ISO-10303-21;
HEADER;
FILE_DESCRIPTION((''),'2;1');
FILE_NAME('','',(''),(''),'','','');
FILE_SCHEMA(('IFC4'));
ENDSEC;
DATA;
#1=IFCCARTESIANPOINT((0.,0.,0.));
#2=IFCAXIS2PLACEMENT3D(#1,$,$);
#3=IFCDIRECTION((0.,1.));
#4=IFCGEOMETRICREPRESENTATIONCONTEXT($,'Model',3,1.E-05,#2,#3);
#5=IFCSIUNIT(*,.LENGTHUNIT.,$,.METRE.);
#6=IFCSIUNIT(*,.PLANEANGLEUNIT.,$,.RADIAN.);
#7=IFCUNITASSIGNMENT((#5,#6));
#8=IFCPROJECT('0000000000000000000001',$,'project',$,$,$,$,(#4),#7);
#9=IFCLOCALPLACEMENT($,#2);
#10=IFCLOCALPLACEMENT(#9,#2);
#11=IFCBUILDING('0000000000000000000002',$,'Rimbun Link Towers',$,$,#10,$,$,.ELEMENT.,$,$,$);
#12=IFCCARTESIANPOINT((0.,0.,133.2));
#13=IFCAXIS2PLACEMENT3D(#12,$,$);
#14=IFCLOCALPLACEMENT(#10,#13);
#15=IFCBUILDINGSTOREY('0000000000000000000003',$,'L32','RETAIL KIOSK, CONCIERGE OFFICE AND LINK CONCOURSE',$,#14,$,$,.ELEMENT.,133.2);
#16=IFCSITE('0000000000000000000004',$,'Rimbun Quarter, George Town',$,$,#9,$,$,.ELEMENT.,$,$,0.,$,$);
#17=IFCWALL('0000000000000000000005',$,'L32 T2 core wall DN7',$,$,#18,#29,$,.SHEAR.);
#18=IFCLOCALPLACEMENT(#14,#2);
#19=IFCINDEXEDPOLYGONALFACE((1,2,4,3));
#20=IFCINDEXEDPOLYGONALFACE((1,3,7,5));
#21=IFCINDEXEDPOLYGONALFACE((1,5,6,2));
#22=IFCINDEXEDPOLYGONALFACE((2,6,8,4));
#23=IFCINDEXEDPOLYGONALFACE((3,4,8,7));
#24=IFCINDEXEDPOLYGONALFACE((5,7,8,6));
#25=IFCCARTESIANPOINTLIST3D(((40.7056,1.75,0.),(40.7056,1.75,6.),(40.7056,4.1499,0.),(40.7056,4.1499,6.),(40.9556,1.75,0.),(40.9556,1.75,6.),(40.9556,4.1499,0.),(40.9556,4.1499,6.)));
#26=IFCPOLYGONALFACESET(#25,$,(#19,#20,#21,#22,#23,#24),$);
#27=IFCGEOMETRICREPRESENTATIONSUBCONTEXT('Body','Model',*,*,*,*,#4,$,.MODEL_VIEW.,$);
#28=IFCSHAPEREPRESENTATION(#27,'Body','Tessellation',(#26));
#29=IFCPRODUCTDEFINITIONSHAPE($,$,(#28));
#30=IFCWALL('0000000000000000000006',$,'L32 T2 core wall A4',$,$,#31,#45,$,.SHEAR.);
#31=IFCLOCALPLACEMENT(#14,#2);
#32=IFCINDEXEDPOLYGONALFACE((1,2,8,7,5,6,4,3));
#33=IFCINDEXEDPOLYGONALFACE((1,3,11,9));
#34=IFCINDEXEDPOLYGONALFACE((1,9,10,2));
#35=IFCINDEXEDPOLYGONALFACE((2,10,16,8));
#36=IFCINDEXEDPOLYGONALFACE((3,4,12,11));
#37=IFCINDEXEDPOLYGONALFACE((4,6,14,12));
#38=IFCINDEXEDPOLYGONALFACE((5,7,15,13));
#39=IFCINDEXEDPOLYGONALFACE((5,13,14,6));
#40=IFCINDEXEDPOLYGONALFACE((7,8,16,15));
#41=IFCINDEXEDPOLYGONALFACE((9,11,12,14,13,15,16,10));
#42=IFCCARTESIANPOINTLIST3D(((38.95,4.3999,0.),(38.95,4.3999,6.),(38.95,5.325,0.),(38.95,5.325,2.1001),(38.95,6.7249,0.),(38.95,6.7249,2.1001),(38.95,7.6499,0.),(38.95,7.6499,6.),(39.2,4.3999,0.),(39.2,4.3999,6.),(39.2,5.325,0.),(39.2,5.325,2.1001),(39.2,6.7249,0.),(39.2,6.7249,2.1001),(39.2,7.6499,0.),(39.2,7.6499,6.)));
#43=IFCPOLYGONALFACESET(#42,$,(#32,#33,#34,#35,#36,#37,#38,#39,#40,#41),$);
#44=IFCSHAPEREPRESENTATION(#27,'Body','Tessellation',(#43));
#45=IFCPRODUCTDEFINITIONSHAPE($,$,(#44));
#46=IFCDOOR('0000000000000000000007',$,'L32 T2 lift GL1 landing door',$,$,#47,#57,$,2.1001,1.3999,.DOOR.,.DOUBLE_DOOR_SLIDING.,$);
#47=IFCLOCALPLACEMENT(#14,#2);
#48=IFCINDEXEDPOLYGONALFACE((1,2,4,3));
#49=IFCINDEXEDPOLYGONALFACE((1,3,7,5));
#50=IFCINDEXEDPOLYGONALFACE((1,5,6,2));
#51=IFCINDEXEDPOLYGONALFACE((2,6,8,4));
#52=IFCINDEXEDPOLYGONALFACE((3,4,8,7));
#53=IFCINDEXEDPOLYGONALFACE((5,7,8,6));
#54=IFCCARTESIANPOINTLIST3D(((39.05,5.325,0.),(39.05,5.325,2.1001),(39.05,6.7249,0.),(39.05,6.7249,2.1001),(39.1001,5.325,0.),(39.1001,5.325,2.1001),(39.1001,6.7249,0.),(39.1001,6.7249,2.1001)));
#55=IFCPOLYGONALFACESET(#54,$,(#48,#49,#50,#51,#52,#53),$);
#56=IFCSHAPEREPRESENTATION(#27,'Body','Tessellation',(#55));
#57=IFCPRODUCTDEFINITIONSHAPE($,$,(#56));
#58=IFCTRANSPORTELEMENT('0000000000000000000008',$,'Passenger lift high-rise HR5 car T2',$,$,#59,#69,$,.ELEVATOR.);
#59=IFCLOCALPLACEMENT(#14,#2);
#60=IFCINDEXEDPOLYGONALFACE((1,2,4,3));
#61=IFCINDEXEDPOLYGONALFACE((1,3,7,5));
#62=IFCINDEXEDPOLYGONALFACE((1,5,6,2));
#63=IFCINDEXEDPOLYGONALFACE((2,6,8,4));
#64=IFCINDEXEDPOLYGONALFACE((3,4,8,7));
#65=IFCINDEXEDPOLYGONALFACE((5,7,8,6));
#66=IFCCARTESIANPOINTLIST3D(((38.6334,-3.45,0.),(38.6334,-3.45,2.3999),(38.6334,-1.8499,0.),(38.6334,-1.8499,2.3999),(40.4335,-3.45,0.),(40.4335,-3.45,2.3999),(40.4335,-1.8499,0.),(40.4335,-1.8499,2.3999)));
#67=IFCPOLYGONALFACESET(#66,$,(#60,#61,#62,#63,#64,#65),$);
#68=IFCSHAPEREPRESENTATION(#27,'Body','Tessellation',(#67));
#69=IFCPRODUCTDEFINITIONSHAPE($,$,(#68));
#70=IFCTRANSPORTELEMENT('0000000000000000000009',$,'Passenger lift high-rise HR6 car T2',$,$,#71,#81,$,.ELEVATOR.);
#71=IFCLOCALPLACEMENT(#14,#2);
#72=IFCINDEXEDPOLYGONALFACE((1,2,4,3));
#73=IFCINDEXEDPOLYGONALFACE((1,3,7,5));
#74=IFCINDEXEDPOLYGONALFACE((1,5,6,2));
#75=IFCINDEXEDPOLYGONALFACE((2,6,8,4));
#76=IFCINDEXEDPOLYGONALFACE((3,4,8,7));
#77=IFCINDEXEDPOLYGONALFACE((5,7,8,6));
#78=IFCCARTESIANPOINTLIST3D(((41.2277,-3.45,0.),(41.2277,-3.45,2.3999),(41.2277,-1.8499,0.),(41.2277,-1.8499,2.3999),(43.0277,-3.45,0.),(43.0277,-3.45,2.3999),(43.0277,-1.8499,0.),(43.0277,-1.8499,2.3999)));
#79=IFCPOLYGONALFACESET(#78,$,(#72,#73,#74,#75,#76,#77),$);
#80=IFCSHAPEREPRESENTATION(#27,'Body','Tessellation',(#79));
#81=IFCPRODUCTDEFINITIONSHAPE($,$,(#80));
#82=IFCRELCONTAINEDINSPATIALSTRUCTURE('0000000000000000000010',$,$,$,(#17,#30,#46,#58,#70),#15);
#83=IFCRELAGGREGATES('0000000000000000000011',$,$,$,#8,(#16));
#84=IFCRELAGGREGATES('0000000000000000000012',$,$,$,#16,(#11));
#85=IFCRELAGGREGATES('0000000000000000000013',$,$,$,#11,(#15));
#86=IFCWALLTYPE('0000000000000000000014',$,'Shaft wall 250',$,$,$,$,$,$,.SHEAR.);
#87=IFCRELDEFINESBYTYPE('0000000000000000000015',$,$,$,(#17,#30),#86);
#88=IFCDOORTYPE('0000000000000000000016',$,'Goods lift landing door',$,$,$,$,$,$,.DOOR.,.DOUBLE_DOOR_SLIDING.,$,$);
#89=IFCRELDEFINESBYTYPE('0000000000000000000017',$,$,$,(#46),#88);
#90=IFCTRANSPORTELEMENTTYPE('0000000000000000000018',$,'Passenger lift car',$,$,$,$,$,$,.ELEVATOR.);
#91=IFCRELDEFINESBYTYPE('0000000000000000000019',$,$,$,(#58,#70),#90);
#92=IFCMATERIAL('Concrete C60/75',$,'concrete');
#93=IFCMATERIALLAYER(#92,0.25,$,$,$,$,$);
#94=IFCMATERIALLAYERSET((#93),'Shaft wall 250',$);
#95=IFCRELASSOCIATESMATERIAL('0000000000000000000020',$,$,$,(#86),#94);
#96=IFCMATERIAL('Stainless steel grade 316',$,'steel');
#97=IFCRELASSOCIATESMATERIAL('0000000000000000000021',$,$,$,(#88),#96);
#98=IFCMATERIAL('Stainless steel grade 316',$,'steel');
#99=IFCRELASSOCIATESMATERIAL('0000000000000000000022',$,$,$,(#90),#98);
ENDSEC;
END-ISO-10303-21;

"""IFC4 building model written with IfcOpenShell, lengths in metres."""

from ifc_helpers import new_model, si_unit, direction, frame, frame_2d, origin, origin_2d, place, context, subcontext, project, spatial, rectangle, extrude, material, layer, layer_set, type_object, element, fill, save


model = new_model("IFC4")

# Units and contexts
model_context = context("Model", 3, precision=1e-05, world=origin(), true_north=direction((0.0, 1.0)))
body_context = subcontext(model_context, "Body", "Model", "MODEL_VIEW")
ifc_project = project(units=[si_unit("LENGTHUNIT", "METRE"), si_unit("PLANEANGLEUNIT", "RADIAN")], contexts=[model_context])

# Site, building, storey
site_placement = place(None, origin())
site = spatial("IfcSite", under=ifc_project, at=site_placement, Name="Rimbun Quarter, George Town", CompositionType="ELEMENT", RefElevation=0.0)
building_placement = place(site_placement, origin())
building = spatial("IfcBuilding", under=site, at=building_placement, Name="Rimbun Link Towers", CompositionType="ELEMENT")
storey_placement = place(building_placement, frame((0.0, 0.0, 133.2)))
storey = spatial("IfcBuildingStorey", under=building, at=storey_placement, Name="L32", Description="RETAIL KIOSK, CONCIERGE OFFICE AND LINK CONCOURSE", CompositionType="ELEMENT", Elevation=133.2)

# Wall
ifc_material_1 = material(Name="Concrete C60/75", Category="concrete")
ifc_layer_1 = layer(ifc_material_1, 0.25)
ifc_layer_set_1 = layer_set([ifc_layer_1], Name="Shaft wall 250")
wall_type_1 = type_object("IfcWallType", Name="Shaft wall 250", PredefinedType="SHEAR", material=ifc_layer_set_1)
for number, where, z_axis, x_axis, name in (
    (1, (40.8306, 1.75, 0.0), (0.0, 0.0, 1.0), (0.0, 1.0, 0.0), "L32 T2 core wall DN7"),
):
    element("IfcWall", number, at=place(storey_placement, frame(where, z_axis=z_axis, x_axis=x_axis)), inside=storey, type_object=wall_type_1, Name=name, PredefinedType="SHEAR", context=body_context, shape_type="SweptSolid", body=[
        extrude(rectangle(XDim=2.3999, YDim=0.25, at=frame_2d((1.2, 0.0))), origin(), (0.0, 0.0, 1.0), 6.0),
    ])

# Wall, opening, door
wall_1_placement = place(storey_placement, frame((39.075, 4.3999, 0.0), z_axis=(0.0, 0.0, 1.0), x_axis=(0.0, 1.0, 0.0)))
wall_1 = element("IfcWall", 2, at=wall_1_placement, inside=storey, type_object=wall_type_1, Name="L32 T2 core wall A4", PredefinedType="SHEAR", context=body_context, shape_type="SweptSolid", body=[
    extrude(rectangle(XDim=3.25, YDim=0.25, at=frame_2d((1.625, 0.0))), origin(), (0.0, 0.0, 1.0), 6.0),
])
opening_1_placement = place(wall_1_placement, frame((0.925, 0.0, 0.0)))
opening_1 = element("IfcOpeningElement", 3, at=opening_1_placement, cuts=wall_1, PredefinedType="OPENING", context=body_context, shape_type="SweptSolid", body=[
    extrude(rectangle(XDim=1.3999, YDim=2.1001, at=frame_2d((0.7, 1.05))), frame((0.0, 0.135, 0.0), z_axis=(0.0, -1.0, 0.0), x_axis=(1.0, 0.0, 0.0)), (0.0, 0.0, 1.0), 0.27),
])
ifc_material_2 = material(Name="Stainless steel grade 316", Category="steel")
door_type = type_object("IfcDoorType", Name="Goods lift landing door", OperationType="DOUBLE_DOOR_SLIDING", PredefinedType="DOOR", material=ifc_material_2)
door_placement = place(opening_1_placement, origin())
door = element("IfcDoor", 4, at=door_placement, inside=storey, type_object=door_type, Name="L32 T2 lift GL1 landing door", OperationType="DOUBLE_DOOR_SLIDING", OverallHeight=2.1001, OverallWidth=1.3999, PredefinedType="DOOR", context=body_context, shape_type="SweptSolid", body=[
    extrude(rectangle(XDim=1.3999, YDim=2.1001, at=frame_2d((0.7, 1.05))), frame((0.0, 0.0249, 0.0), z_axis=(0.0, -1.0, 0.0), x_axis=(1.0, 0.0, 0.0)), (0.0, 0.0, 1.0), 0.05),
])
fill(opening_1, door)

# Transport elements
ifc_material_3 = material(Name="Stainless steel grade 316", Category="steel")
transport_element_type = type_object("IfcTransportElementType", Name="Passenger lift car", PredefinedType="ELEVATOR", material=ifc_material_3)
for number, where, z_axis, x_axis, name in (
    (5, (39.5334, -2.6499, 0.0), (0.0, 0.0, 1.0), (1.0, 0.0, 0.0), "Passenger lift high-rise HR5 car T2"),
    (6, (42.1277, -2.6499, 0.0), (0.0, 0.0, 1.0), (1.0, 0.0, 0.0), "Passenger lift high-rise HR6 car T2"),
):
    element("IfcTransportElement", number, at=place(storey_placement, frame(where, z_axis=z_axis, x_axis=x_axis)), inside=storey, type_object=transport_element_type, Name=name, PredefinedType="ELEVATOR", context=body_context, shape_type="SweptSolid", body=[
        extrude(rectangle(XDim=1.8, YDim=1.6001, at=origin_2d()), origin(), (0.0, 0.0, 1.0), 2.3999),
    ])

save(model, "model.ifc")
